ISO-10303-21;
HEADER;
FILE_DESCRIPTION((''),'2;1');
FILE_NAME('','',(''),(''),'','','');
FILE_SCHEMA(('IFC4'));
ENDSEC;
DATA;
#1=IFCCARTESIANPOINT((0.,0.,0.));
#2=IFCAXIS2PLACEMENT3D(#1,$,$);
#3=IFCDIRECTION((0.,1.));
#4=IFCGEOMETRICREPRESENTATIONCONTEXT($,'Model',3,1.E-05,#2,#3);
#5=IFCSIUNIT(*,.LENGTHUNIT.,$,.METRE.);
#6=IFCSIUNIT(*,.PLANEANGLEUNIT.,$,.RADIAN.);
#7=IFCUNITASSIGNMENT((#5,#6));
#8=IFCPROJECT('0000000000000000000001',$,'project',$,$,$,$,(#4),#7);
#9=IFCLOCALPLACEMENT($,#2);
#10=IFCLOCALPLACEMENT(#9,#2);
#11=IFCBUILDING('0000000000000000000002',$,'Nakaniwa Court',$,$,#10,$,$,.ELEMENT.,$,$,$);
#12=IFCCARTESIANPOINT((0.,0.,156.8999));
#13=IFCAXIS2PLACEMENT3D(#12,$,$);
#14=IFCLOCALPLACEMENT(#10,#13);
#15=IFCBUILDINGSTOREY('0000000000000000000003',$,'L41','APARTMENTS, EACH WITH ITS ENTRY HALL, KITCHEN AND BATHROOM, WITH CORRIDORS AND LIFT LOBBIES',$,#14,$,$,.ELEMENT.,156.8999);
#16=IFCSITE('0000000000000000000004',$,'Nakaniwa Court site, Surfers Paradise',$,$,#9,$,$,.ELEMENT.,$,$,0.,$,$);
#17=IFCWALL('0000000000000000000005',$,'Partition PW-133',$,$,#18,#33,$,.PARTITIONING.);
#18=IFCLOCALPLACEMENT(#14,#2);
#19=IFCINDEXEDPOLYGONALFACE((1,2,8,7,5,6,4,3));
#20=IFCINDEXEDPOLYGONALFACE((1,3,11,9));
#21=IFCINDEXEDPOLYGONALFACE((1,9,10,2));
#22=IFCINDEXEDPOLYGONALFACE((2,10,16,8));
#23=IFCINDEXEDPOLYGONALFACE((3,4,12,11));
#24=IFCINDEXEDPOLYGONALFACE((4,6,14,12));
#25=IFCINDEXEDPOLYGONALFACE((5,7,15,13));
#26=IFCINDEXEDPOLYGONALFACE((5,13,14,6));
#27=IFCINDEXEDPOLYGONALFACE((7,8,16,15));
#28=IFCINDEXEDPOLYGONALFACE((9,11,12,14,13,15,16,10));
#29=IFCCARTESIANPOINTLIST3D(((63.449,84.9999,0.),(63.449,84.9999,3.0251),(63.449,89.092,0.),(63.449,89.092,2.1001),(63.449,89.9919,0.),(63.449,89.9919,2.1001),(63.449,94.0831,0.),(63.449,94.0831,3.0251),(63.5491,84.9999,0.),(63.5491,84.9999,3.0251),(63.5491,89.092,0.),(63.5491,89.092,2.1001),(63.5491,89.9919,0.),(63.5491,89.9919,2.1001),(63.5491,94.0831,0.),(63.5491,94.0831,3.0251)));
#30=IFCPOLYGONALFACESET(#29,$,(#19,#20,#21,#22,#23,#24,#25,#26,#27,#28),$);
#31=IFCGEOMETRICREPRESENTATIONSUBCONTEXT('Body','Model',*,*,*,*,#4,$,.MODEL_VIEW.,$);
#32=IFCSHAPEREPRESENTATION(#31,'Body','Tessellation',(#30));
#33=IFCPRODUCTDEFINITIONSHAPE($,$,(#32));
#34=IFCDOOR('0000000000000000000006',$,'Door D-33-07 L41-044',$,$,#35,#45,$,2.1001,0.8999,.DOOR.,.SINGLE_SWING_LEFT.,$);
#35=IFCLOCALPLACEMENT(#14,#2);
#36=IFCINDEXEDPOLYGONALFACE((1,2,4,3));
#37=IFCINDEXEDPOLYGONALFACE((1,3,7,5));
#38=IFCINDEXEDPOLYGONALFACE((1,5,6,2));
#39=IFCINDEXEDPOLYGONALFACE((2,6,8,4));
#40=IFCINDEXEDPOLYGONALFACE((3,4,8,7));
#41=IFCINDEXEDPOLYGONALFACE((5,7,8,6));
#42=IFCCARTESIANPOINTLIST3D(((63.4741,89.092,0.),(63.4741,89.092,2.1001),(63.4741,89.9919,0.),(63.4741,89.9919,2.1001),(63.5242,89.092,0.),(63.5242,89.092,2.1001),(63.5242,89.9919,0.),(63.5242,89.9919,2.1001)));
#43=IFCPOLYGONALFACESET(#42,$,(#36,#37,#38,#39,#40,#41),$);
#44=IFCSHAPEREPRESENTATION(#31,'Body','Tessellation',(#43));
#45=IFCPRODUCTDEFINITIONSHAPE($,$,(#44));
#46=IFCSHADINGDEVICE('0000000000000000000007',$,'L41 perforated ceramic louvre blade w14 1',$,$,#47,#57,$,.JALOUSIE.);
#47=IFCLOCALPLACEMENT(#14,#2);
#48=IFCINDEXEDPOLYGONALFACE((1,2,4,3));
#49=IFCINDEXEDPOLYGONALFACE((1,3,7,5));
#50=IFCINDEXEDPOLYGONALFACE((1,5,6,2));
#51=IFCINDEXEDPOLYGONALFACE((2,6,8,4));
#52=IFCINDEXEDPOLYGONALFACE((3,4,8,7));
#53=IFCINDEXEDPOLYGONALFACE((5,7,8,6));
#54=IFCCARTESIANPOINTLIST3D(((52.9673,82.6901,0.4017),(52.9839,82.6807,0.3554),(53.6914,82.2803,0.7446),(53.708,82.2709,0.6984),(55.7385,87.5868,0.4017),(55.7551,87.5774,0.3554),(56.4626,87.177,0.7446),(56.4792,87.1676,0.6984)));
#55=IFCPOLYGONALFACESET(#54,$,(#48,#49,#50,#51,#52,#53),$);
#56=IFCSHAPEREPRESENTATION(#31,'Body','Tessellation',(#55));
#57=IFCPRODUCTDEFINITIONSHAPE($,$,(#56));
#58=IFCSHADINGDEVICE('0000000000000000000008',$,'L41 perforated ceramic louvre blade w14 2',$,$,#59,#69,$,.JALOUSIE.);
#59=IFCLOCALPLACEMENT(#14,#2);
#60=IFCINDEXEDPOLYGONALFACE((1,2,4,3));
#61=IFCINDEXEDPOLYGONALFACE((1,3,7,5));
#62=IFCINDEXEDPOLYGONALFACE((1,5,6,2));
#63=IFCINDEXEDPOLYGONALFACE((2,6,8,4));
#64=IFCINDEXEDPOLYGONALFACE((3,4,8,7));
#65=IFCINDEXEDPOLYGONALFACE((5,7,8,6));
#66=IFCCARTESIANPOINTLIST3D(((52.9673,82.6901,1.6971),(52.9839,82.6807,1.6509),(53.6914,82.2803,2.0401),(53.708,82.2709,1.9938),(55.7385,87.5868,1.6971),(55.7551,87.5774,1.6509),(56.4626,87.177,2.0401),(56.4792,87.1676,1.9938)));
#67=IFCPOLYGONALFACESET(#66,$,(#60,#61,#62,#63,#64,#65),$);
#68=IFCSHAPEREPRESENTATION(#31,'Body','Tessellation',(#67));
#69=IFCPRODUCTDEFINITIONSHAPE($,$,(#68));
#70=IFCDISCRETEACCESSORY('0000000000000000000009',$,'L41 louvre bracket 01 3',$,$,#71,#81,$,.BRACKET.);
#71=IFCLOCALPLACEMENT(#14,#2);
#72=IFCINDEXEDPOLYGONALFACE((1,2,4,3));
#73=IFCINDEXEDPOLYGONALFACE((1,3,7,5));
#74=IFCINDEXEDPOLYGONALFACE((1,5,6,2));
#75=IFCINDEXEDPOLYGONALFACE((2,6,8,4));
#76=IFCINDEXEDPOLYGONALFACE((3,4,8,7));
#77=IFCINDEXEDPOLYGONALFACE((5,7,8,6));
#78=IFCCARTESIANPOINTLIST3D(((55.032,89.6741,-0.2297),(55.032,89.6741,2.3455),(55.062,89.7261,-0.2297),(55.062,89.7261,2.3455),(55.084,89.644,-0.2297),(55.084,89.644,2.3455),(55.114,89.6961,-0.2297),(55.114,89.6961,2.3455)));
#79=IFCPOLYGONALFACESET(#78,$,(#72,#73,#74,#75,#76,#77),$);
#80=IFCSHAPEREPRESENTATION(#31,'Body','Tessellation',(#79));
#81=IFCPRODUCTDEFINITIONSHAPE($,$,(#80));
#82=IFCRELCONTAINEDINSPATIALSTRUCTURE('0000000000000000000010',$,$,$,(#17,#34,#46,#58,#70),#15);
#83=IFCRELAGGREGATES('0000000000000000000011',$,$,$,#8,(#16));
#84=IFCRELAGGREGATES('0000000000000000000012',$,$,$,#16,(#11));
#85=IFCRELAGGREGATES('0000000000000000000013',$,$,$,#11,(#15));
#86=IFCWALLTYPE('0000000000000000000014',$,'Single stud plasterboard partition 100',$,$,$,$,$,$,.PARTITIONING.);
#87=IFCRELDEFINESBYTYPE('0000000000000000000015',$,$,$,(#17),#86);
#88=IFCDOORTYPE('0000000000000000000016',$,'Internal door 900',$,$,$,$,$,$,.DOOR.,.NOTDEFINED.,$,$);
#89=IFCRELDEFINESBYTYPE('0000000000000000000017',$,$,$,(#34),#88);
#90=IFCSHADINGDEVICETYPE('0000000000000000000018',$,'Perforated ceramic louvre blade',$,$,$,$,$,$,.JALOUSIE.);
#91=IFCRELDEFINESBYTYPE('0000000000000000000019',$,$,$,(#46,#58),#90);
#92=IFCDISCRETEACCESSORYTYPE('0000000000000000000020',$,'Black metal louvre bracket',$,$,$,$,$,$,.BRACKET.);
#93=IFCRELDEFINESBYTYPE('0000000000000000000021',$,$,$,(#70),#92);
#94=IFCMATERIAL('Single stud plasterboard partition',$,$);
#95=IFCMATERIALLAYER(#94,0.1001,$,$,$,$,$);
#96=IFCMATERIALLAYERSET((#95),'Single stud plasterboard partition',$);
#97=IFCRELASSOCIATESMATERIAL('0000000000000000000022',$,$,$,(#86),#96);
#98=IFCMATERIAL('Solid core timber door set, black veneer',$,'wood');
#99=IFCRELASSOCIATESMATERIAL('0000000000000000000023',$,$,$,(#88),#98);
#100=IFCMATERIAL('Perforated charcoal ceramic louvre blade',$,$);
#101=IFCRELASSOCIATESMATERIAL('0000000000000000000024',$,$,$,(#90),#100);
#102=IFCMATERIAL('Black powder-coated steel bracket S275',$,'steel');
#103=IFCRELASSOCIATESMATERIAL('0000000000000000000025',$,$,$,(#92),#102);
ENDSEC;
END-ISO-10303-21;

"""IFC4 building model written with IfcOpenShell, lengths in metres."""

from ifc_helpers import new_model, si_unit, direction, frame, frame_2d, origin, origin_2d, place, context, subcontext, project, spatial, rectangle, extrude, material, layer, layer_set, material_profile, profile_set, type_object, element, fill, save


model = new_model("IFC4")

# Units and contexts
model_context = context("Model", 3, precision=1e-05, world=origin(), true_north=direction((0.0, 1.0)))
body_context = subcontext(model_context, "Body", "Model", "MODEL_VIEW")
ifc_project = project(units=[si_unit("LENGTHUNIT", "METRE"), si_unit("PLANEANGLEUNIT", "RADIAN")], contexts=[model_context])

# Site, building, storey
site_placement = place(None, origin())
site = spatial("IfcSite", under=ifc_project, at=site_placement, Name="Nakaniwa Court site, Surfers Paradise", CompositionType="ELEMENT", RefElevation=0.0)
building_placement = place(site_placement, origin())
building = spatial("IfcBuilding", under=site, at=building_placement, Name="Nakaniwa Court", CompositionType="ELEMENT")
storey_placement = place(building_placement, frame((0.0, 0.0, 156.8999)))
storey = spatial("IfcBuildingStorey", under=building, at=storey_placement, Name="L41", Description="APARTMENTS, EACH WITH ITS ENTRY HALL, KITCHEN AND BATHROOM, WITH CORRIDORS AND LIFT LOBBIES", CompositionType="ELEMENT", Elevation=156.8999)

# Shared definitions
ifc_material_1 = material(Name="Solid core timber door set, black veneer", Category="wood")

# Shared definitions
ifc_material_2 = material(Name="Single stud plasterboard partition")
ifc_layer_1 = layer(ifc_material_2, 0.1001)
ifc_layer_set_1 = layer_set([ifc_layer_1], Name="Single stud plasterboard partition")
wall_type_1 = type_object("IfcWallType", Name="Single stud plasterboard partition 100", PredefinedType="PARTITIONING", material=ifc_layer_set_1)
door_type_1 = type_object("IfcDoorType", Name="Internal door 900", OperationType="NOTDEFINED", PredefinedType="DOOR", material=ifc_material_1)

# Wall, opening, door
wall_1_placement = place(storey_placement, frame((63.499, 85.0, 0.0), z_axis=(0.0, 0.0, 1.0), x_axis=(0.0, 1.0, 0.0)))
wall_1 = element("IfcWall", 1, at=wall_1_placement, inside=storey, type_object=wall_type_1, Name="Partition PW-133", PredefinedType="PARTITIONING", context=body_context, shape_type="SweptSolid", body=[
    extrude(rectangle(XDim=9.0833, YDim=0.1001, at=frame_2d((4.5415, 0.0))), origin(), (0.0, 0.0, 1.0), 3.0251),
])
opening_1_placement = place(wall_1_placement, frame((4.092, 0.0, 0.0)))
opening_1 = element("IfcOpeningElement", 2, at=opening_1_placement, cuts=wall_1, PredefinedType="OPENING", context=body_context, shape_type="SweptSolid", body=[
    extrude(rectangle(XDim=0.8999, YDim=2.1001, at=frame_2d((0.45, 1.05))), frame((0.0, 0.0601, 0.0), z_axis=(0.0, -1.0, 0.0), x_axis=(1.0, 0.0, 0.0)), (0.0, 0.0, 1.0), 0.1201),
])
door_1_placement = place(opening_1_placement, origin())
door_1 = element("IfcDoor", 3, at=door_1_placement, inside=storey, type_object=door_type_1, Name="Door D-33-07 L41-044", OperationType="SINGLE_SWING_LEFT", OverallHeight=2.1001, OverallWidth=0.8999, PredefinedType="DOOR", context=body_context, shape_type="SweptSolid", body=[
    extrude(rectangle(XDim=0.8999, YDim=2.1001, at=frame_2d((0.45, 1.05))), frame((0.0, 0.0249, 0.0), z_axis=(0.0, -1.0, 0.0), x_axis=(1.0, 0.0, 0.0)), (0.0, 0.0, 1.0), 0.05),
])
fill(opening_1, door_1)

# Shading devices
ifc_material_3 = material(Name="Perforated charcoal ceramic louvre blade")
ifc_material_profile_1 = material_profile(ifc_material_3, rectangle(XDim=0.8999, YDim=0.05, at=origin_2d()), Name="Perforated ceramic louvre blade")
ifc_profile_set_1 = profile_set([ifc_material_profile_1], Name="Perforated charcoal ceramic louvre blade")
shading_device_type = type_object("IfcShadingDeviceType", Name="Perforated ceramic louvre blade", PredefinedType="JALOUSIE", material=ifc_profile_set_1)
for number, where, z_axis, x_axis, name in (
    (4, (56.1089, 87.3772, 0.55), (-0.492532, -0.870294, 0.0), (0.804627, -0.455368, 0.38107), "L41 perforated ceramic louvre blade w14 1"),
    (5, (56.1089, 87.3772, 1.8455), (-0.492532, -0.870294, 0.0), (0.804627, -0.455368, 0.38107), "L41 perforated ceramic louvre blade w14 2"),
):
    element("IfcShadingDevice", number, at=place(storey_placement, frame(where, z_axis=z_axis, x_axis=x_axis)), inside=storey, type_object=shading_device_type, Name=name, PredefinedType="JALOUSIE", context=body_context, shape_type="SweptSolid", body=[
        extrude(rectangle(XDim=0.8999, YDim=0.05, at=origin_2d()), origin(), (0.0, 0.0, 1.0), 5.6265),
    ])

# Discrete accessory
ifc_material_4 = material(Name="Black powder-coated steel bracket S275", Category="steel")
discrete_accessory_type = type_object("IfcDiscreteAccessoryType", Name="Black metal louvre bracket", PredefinedType="BRACKET", material=ifc_material_4)
discrete_accessory_placement = place(storey_placement, frame((55.073, 89.6851, -0.2297), z_axis=(0.0, 0.0, 1.0), x_axis=(-0.499976, -0.866039, 0.0)))
element("IfcDiscreteAccessory", 6, at=discrete_accessory_placement, inside=storey, type_object=discrete_accessory_type, Name="L41 louvre bracket 01 3", PredefinedType="BRACKET", context=body_context, shape_type="SweptSolid", body=[
    extrude(rectangle(XDim=0.0601, YDim=0.0601, at=origin_2d()), origin(), (0.0, 0.0, 1.0), 2.5752),
])

save(model, "model.ifc")
